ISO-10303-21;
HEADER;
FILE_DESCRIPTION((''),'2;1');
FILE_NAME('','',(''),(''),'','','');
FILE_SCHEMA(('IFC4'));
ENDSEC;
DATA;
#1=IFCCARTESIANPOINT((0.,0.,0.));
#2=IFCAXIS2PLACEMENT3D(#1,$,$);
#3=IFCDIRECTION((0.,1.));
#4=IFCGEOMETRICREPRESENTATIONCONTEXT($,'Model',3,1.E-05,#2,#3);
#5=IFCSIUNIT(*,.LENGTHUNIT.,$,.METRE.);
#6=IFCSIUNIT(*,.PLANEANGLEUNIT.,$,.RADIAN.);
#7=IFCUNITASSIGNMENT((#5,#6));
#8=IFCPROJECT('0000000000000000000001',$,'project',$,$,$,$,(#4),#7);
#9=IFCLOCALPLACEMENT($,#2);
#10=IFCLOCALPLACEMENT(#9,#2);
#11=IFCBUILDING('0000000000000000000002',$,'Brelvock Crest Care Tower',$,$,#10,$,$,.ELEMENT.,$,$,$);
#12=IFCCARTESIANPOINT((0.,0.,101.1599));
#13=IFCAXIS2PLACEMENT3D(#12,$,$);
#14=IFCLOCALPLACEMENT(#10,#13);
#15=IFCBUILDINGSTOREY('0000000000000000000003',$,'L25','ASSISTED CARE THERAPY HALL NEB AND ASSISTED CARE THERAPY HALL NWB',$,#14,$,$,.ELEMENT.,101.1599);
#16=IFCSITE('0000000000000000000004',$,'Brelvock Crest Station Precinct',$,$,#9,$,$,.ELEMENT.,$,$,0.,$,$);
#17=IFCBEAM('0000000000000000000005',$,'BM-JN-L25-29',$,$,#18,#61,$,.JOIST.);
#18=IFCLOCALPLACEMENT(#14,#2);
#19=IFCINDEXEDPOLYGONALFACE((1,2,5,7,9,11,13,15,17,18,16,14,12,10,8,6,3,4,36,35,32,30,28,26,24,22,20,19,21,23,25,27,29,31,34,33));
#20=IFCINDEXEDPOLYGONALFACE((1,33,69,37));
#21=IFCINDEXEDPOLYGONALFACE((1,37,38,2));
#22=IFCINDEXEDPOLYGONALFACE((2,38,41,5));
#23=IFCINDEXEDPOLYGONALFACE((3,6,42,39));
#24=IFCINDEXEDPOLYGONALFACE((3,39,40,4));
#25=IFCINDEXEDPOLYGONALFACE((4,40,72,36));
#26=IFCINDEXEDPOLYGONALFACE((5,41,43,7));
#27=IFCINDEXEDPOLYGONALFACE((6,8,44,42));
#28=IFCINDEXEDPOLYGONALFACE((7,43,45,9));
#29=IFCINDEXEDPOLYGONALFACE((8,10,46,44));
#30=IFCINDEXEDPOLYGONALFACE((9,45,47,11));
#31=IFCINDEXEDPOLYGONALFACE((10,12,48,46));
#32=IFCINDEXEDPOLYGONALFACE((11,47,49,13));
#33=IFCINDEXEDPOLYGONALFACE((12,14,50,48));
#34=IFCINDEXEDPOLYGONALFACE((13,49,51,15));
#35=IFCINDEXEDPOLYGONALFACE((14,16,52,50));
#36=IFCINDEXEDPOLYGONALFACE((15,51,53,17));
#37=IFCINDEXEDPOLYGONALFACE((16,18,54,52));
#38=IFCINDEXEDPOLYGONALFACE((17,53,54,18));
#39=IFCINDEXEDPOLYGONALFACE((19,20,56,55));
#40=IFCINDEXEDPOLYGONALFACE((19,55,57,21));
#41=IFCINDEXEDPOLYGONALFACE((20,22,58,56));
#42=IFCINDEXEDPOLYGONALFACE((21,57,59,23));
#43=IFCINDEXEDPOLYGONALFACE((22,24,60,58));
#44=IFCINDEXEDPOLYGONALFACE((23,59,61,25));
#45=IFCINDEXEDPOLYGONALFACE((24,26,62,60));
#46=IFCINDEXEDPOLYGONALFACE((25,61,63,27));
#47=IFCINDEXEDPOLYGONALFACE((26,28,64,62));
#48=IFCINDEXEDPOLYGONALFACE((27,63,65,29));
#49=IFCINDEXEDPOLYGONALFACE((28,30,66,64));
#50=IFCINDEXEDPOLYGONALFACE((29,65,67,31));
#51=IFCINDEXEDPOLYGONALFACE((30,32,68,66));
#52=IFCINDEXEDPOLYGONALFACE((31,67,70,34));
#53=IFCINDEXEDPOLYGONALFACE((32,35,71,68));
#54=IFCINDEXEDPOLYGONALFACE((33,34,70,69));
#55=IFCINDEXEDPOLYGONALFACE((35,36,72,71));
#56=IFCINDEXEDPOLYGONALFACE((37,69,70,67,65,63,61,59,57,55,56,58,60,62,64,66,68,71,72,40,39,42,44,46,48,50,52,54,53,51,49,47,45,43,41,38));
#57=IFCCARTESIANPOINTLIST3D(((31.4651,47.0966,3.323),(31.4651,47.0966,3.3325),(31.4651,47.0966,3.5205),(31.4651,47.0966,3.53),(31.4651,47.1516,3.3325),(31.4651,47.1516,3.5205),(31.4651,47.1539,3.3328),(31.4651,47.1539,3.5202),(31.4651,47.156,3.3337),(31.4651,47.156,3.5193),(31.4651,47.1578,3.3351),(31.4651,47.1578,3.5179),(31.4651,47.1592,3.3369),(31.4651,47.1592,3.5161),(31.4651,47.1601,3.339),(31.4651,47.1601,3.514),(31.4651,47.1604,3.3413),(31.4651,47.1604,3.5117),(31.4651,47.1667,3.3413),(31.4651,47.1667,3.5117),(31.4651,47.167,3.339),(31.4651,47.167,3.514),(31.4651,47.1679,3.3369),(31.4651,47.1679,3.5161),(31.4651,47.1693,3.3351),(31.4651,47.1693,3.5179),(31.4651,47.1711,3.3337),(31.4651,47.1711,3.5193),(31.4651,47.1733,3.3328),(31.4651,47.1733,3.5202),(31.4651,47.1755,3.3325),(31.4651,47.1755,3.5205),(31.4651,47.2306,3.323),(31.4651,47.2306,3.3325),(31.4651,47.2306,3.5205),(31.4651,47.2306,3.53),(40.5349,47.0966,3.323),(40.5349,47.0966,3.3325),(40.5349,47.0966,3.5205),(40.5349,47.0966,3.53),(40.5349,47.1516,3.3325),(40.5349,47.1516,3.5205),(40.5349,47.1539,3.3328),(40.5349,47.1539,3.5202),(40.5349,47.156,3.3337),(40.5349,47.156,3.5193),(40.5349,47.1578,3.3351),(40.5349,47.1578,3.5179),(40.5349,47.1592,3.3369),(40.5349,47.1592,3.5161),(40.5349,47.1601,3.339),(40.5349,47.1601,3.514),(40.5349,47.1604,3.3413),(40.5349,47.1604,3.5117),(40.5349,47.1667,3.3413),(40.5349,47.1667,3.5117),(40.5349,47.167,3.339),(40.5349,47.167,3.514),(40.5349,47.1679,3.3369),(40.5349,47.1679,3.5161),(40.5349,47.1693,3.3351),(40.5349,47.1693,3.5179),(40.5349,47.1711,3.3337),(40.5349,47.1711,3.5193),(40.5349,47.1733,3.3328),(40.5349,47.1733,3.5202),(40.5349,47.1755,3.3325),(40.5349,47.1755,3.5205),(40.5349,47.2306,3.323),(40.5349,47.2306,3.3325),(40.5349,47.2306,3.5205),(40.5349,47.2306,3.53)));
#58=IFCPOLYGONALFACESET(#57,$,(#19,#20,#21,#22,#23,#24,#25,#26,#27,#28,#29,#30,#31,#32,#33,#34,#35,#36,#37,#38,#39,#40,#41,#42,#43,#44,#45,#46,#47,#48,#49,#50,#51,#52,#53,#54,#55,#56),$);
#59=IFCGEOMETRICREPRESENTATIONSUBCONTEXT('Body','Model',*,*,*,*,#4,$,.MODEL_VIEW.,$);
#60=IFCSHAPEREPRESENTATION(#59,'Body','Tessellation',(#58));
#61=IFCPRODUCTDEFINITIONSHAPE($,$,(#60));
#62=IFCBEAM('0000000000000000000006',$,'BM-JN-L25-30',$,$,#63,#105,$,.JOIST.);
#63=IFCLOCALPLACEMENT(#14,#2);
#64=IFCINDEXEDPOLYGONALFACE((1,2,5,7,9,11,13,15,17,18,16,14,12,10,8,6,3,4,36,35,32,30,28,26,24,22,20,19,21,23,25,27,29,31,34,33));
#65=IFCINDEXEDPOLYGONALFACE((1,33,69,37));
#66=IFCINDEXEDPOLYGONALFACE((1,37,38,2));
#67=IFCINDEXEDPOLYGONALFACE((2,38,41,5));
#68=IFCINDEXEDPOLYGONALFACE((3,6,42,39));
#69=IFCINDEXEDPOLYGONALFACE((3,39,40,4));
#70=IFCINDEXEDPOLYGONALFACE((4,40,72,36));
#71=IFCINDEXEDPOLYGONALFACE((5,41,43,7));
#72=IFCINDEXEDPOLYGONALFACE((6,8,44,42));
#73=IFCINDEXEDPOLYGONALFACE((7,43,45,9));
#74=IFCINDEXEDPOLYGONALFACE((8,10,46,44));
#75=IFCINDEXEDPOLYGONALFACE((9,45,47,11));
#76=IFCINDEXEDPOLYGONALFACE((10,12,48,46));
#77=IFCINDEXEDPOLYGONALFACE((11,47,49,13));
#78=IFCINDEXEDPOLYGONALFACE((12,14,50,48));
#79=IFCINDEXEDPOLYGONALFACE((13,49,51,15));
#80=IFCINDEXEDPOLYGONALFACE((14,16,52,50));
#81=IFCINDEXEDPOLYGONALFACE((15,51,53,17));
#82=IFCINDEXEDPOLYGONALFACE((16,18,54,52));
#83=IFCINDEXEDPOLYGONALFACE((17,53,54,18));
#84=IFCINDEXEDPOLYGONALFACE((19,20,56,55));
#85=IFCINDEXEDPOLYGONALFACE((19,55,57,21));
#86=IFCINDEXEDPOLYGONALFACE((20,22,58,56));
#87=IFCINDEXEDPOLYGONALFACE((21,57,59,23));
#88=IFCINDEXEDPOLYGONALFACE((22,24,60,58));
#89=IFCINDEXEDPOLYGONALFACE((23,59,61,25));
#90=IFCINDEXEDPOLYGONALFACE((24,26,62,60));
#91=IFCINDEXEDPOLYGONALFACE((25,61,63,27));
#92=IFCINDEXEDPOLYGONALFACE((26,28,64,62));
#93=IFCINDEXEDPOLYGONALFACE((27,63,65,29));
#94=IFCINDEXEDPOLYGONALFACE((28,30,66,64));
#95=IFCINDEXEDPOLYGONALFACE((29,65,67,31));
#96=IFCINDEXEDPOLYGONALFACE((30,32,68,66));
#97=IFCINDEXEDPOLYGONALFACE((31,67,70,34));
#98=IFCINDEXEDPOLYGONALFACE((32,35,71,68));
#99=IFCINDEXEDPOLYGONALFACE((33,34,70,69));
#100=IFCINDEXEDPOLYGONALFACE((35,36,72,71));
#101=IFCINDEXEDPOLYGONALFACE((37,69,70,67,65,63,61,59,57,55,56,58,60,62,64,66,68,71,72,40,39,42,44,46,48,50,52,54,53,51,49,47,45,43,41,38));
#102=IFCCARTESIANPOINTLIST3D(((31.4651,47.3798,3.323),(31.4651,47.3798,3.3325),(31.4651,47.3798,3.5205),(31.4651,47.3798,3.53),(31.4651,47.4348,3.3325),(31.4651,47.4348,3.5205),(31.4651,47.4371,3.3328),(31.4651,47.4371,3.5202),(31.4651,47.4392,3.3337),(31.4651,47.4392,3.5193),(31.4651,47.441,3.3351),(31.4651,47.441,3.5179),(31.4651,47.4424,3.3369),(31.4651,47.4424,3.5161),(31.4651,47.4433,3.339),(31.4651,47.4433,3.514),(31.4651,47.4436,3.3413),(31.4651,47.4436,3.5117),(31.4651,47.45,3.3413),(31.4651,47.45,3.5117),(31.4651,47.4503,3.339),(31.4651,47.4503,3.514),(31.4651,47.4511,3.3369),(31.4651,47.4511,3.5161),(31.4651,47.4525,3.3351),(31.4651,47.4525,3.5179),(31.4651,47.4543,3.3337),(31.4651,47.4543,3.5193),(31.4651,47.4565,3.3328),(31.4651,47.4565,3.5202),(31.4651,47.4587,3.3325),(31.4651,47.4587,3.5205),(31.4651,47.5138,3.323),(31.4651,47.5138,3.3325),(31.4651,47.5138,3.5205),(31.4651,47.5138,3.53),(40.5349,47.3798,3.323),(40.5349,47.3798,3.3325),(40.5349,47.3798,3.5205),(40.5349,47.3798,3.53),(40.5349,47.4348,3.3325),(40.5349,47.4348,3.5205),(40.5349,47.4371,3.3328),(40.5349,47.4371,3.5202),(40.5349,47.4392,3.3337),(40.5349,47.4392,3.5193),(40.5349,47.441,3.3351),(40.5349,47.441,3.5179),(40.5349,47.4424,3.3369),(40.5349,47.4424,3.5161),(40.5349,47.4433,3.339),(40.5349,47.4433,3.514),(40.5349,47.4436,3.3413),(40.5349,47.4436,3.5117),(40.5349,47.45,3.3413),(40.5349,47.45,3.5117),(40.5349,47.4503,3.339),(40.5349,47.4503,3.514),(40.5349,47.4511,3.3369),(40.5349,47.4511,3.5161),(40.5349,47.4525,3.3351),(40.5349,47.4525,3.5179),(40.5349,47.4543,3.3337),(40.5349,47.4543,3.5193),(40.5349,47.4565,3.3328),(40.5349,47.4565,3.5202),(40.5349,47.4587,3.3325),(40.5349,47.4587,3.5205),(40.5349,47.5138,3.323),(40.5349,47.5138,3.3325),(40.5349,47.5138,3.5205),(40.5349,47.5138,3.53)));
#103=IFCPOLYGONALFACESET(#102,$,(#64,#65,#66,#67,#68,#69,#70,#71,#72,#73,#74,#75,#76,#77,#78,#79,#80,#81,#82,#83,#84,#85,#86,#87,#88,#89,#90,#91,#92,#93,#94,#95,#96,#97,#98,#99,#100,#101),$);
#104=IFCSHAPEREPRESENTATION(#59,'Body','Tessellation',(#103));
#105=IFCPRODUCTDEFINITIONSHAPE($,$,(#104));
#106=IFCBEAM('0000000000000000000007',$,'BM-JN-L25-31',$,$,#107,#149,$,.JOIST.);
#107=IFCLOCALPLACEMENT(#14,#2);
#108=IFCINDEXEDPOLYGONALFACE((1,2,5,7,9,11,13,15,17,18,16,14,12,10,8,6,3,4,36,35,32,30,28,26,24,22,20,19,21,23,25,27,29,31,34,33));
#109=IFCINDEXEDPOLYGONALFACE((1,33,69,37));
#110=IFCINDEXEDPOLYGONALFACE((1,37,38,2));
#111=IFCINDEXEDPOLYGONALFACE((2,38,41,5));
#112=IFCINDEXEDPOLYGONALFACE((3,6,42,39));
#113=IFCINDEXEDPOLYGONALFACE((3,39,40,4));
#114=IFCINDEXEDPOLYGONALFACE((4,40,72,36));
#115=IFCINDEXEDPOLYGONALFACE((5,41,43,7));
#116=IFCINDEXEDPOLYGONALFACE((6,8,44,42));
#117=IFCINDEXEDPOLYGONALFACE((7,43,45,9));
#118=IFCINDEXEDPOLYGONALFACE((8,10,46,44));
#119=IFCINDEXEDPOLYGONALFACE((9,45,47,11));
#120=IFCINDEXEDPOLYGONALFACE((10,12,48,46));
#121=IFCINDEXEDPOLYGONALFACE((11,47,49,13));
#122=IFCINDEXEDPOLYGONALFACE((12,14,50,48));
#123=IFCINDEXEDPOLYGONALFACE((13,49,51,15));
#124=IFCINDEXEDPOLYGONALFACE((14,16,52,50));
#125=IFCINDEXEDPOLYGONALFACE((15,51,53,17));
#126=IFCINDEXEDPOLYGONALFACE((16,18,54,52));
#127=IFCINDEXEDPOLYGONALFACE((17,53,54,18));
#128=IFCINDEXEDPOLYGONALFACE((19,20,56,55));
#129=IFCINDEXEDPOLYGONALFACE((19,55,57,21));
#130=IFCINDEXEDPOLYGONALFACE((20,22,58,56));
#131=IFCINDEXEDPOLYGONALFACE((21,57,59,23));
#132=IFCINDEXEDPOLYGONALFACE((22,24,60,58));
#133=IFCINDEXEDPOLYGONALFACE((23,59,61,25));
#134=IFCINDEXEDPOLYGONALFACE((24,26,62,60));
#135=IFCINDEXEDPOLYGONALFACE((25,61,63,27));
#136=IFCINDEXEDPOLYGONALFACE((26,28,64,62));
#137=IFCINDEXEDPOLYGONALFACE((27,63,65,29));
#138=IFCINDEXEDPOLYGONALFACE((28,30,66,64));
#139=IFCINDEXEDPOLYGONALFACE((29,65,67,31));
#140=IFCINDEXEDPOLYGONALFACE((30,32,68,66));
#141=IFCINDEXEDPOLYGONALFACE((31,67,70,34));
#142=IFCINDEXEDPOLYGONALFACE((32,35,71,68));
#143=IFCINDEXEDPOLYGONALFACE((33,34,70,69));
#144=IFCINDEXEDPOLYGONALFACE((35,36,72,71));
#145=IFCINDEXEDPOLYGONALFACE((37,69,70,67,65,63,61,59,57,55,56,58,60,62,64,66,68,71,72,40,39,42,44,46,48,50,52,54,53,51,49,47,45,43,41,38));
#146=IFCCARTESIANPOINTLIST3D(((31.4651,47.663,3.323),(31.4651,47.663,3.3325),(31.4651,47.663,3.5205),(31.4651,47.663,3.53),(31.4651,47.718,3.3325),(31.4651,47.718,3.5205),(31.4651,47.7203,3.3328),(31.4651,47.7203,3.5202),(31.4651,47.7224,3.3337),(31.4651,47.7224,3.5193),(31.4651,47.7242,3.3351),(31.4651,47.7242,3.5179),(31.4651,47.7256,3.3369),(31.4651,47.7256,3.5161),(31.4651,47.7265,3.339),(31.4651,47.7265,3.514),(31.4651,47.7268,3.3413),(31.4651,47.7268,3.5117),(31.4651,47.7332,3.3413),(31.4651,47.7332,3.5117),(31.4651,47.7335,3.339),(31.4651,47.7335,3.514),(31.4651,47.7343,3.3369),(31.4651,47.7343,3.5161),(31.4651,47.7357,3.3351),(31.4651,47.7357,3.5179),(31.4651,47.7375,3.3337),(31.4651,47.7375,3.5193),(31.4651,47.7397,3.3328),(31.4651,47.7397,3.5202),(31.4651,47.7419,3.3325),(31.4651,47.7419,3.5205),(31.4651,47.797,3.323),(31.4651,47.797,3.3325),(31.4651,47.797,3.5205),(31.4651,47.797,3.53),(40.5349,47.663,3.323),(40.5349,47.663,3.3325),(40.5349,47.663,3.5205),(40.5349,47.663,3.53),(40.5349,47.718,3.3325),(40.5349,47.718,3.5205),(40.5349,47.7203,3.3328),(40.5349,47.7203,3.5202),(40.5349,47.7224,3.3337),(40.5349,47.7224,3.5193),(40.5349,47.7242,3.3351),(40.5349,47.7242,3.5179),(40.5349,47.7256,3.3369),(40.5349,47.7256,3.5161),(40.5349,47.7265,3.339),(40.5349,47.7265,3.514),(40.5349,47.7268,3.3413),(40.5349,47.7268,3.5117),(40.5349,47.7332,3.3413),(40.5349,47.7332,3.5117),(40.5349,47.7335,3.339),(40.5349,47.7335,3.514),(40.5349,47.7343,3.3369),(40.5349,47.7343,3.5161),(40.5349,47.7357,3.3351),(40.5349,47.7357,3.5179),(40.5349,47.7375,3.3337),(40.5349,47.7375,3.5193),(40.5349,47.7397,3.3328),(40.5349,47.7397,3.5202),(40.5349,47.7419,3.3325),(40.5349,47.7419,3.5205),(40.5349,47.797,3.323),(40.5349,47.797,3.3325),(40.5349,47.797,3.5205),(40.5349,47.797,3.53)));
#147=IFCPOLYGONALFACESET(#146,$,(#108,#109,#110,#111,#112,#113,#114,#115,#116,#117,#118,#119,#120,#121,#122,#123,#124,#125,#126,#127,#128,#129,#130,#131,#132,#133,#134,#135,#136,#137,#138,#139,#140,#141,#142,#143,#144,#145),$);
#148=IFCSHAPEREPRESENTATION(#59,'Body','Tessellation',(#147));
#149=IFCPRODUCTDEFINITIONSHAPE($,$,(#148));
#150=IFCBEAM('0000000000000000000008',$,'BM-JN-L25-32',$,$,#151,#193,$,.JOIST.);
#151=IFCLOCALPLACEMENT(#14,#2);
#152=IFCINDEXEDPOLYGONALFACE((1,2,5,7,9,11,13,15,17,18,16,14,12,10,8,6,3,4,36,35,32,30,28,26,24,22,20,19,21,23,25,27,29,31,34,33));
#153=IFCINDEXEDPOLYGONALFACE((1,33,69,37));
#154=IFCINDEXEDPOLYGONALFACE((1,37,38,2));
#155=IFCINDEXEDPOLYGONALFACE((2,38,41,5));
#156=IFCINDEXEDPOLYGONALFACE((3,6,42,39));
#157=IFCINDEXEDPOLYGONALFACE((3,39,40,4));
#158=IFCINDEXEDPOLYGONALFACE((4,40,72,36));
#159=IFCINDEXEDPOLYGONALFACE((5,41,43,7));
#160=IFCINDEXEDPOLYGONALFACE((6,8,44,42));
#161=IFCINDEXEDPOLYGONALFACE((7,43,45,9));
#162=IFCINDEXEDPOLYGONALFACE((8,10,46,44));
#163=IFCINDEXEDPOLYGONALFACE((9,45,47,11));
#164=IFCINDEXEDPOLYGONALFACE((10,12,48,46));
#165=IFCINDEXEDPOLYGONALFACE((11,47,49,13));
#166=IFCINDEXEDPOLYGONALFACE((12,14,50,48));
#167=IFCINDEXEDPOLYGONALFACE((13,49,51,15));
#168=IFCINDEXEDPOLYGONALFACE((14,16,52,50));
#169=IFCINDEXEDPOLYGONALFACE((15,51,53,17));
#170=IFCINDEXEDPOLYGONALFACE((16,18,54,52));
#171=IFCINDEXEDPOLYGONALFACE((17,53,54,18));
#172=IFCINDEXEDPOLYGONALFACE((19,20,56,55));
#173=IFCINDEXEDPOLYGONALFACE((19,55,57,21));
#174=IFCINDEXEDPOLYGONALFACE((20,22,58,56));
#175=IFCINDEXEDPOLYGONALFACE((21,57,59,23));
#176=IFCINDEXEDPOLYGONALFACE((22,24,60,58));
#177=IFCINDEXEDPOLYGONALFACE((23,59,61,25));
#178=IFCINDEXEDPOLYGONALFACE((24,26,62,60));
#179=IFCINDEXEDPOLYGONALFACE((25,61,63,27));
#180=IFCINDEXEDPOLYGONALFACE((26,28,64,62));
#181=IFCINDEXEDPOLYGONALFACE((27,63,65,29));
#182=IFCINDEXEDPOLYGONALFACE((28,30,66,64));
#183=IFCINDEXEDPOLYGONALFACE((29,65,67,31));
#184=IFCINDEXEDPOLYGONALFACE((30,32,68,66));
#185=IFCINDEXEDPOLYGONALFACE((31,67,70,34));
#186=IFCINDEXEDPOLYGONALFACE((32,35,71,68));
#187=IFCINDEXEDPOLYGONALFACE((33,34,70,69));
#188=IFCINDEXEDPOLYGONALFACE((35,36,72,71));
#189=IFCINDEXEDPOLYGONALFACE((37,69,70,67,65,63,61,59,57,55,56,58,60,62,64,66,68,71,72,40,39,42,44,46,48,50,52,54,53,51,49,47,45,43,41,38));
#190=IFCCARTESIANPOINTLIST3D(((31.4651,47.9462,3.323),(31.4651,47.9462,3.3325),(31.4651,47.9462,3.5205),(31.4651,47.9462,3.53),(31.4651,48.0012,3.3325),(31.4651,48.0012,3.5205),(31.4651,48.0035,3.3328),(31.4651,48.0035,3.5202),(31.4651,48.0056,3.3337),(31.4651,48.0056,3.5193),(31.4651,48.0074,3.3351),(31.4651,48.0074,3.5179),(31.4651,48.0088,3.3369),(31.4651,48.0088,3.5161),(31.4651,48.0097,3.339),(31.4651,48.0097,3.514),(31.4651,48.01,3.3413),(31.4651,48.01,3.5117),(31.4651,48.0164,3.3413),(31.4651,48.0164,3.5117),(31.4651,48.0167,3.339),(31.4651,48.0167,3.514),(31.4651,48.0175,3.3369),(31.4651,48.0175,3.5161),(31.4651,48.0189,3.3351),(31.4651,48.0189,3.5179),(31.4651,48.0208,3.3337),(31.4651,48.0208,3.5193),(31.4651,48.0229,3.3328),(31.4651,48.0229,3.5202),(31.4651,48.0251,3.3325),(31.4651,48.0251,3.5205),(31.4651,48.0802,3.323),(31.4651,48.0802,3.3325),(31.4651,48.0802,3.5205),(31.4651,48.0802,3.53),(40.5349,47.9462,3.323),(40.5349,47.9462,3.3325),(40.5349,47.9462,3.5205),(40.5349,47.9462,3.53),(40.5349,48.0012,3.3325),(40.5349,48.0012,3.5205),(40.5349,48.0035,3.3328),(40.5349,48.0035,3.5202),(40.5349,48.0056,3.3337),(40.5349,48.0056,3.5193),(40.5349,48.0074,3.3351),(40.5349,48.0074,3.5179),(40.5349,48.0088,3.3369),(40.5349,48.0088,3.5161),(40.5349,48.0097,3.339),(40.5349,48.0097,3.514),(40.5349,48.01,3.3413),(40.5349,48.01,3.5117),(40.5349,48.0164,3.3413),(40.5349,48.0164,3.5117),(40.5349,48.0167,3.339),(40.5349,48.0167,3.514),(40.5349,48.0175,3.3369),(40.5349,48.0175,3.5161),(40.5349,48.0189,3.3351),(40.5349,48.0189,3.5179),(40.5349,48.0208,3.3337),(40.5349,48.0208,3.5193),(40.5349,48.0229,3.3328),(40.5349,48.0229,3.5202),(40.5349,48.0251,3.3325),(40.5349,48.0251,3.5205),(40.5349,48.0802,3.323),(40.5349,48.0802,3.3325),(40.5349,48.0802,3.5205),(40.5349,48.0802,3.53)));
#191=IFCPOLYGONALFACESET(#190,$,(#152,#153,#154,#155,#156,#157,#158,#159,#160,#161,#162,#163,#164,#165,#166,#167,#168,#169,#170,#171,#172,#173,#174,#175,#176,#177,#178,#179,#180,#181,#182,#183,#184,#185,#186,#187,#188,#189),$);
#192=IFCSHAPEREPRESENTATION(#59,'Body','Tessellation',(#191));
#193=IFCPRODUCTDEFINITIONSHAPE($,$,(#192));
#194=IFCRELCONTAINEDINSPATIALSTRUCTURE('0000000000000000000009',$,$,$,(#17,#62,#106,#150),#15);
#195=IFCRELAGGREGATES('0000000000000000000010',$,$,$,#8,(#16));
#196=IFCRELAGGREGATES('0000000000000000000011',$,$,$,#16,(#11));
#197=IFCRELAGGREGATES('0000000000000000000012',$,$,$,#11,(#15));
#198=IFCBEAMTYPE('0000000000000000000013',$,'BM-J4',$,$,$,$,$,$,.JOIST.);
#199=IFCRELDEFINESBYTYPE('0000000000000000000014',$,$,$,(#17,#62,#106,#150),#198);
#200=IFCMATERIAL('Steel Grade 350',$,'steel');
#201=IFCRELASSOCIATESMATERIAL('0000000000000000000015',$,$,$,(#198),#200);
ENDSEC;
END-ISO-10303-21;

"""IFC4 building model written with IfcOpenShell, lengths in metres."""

from ifc_helpers import new_model, si_unit, direction, frame, origin, origin_2d, place, context, subcontext, project, spatial, i_section, extrude, source, transform, mapped, material, material_profile, profile_set, type_object, element, save


model = new_model("IFC4")

# Units and contexts
model_context = context("Model", 3, precision=1e-05, world=origin(), true_north=direction((0.0, 1.0)))
body_context = subcontext(model_context, "Body", "Model", "MODEL_VIEW")
ifc_project = project(units=[si_unit("LENGTHUNIT", "METRE"), si_unit("PLANEANGLEUNIT", "RADIAN")], contexts=[model_context])

# Site, building, storey
site_placement = place(None, origin())
site = spatial("IfcSite", under=ifc_project, at=site_placement, Name="Brelvock Crest Station Precinct", CompositionType="ELEMENT", RefElevation=0.0)
building_placement = place(site_placement, origin())
building = spatial("IfcBuilding", under=site, at=building_placement, Name="Brelvock Crest Care Tower", CompositionType="ELEMENT")
storey_placement = place(building_placement, frame((0.0, 0.0, 101.1599)))
storey = spatial("IfcBuildingStorey", under=building, at=storey_placement, Name="L25", Description="ASSISTED CARE THERAPY HALL NEB AND ASSISTED CARE THERAPY HALL NWB", CompositionType="ELEMENT", Elevation=101.1599)

# Shared definitions
ifc_material_1 = material(Name="Steel Grade 350", Category="steel")

# Beams
ifc_material_profile_1 = material_profile(ifc_material_1, i_section(OverallWidth=0.134, OverallDepth=0.207, WebThickness=0.0063, FlangeThickness=0.0095, FilletRadius=0.0088, at=origin_2d()), Name="200UB29.8")
ifc_profile_set_1 = profile_set([ifc_material_profile_1], Name="Steel Grade 350")
beam_type_1 = type_object("IfcBeamType", Name="BM-J4", PredefinedType="JOIST", material=ifc_profile_set_1)
shared_shape_1 = source(origin(), body_context, "Body", "SweptSolid", [
    extrude(i_section(OverallWidth=0.134, OverallDepth=0.207, WebThickness=0.0063, FlangeThickness=0.0095, FilletRadius=0.0088, at=origin_2d()), origin(), (0.0, 0.0, 1.0), 9.0698),
])
for number, where, z_axis, x_axis, name in (
    (1, (31.4651, 47.1636, 3.4265), (1.0, 0.0, 0.0), (0.0, 1.0, 0.0), "BM-JN-L25-29"),
    (2, (31.4651, 47.4468, 3.4265), (1.0, 0.0, 0.0), (0.0, 1.0, 0.0), "BM-JN-L25-30"),
    (3, (31.4651, 47.73, 3.4265), (1.0, 0.0, 0.0), (0.0, 1.0, 0.0), "BM-JN-L25-31"),
    (4, (31.4651, 48.0132, 3.4265), (1.0, 0.0, 0.0), (0.0, 1.0, 0.0), "BM-JN-L25-32"),
):
    element("IfcBeam", number, at=place(storey_placement, frame(where, z_axis=z_axis, x_axis=x_axis)), inside=storey, type_object=beam_type_1, Name=name, PredefinedType="JOIST", context=body_context, shape_type="MappedRepresentation", body=[
        mapped(shared_shape_1, transform((0.0, 0.0, 0.0), x_axis=(1.0, 0.0, 0.0), y_axis=(0.0, 1.0, 0.0), z_axis=(0.0, 0.0, 1.0), scale=1.0)),
    ])

save(model, "model.ifc")
